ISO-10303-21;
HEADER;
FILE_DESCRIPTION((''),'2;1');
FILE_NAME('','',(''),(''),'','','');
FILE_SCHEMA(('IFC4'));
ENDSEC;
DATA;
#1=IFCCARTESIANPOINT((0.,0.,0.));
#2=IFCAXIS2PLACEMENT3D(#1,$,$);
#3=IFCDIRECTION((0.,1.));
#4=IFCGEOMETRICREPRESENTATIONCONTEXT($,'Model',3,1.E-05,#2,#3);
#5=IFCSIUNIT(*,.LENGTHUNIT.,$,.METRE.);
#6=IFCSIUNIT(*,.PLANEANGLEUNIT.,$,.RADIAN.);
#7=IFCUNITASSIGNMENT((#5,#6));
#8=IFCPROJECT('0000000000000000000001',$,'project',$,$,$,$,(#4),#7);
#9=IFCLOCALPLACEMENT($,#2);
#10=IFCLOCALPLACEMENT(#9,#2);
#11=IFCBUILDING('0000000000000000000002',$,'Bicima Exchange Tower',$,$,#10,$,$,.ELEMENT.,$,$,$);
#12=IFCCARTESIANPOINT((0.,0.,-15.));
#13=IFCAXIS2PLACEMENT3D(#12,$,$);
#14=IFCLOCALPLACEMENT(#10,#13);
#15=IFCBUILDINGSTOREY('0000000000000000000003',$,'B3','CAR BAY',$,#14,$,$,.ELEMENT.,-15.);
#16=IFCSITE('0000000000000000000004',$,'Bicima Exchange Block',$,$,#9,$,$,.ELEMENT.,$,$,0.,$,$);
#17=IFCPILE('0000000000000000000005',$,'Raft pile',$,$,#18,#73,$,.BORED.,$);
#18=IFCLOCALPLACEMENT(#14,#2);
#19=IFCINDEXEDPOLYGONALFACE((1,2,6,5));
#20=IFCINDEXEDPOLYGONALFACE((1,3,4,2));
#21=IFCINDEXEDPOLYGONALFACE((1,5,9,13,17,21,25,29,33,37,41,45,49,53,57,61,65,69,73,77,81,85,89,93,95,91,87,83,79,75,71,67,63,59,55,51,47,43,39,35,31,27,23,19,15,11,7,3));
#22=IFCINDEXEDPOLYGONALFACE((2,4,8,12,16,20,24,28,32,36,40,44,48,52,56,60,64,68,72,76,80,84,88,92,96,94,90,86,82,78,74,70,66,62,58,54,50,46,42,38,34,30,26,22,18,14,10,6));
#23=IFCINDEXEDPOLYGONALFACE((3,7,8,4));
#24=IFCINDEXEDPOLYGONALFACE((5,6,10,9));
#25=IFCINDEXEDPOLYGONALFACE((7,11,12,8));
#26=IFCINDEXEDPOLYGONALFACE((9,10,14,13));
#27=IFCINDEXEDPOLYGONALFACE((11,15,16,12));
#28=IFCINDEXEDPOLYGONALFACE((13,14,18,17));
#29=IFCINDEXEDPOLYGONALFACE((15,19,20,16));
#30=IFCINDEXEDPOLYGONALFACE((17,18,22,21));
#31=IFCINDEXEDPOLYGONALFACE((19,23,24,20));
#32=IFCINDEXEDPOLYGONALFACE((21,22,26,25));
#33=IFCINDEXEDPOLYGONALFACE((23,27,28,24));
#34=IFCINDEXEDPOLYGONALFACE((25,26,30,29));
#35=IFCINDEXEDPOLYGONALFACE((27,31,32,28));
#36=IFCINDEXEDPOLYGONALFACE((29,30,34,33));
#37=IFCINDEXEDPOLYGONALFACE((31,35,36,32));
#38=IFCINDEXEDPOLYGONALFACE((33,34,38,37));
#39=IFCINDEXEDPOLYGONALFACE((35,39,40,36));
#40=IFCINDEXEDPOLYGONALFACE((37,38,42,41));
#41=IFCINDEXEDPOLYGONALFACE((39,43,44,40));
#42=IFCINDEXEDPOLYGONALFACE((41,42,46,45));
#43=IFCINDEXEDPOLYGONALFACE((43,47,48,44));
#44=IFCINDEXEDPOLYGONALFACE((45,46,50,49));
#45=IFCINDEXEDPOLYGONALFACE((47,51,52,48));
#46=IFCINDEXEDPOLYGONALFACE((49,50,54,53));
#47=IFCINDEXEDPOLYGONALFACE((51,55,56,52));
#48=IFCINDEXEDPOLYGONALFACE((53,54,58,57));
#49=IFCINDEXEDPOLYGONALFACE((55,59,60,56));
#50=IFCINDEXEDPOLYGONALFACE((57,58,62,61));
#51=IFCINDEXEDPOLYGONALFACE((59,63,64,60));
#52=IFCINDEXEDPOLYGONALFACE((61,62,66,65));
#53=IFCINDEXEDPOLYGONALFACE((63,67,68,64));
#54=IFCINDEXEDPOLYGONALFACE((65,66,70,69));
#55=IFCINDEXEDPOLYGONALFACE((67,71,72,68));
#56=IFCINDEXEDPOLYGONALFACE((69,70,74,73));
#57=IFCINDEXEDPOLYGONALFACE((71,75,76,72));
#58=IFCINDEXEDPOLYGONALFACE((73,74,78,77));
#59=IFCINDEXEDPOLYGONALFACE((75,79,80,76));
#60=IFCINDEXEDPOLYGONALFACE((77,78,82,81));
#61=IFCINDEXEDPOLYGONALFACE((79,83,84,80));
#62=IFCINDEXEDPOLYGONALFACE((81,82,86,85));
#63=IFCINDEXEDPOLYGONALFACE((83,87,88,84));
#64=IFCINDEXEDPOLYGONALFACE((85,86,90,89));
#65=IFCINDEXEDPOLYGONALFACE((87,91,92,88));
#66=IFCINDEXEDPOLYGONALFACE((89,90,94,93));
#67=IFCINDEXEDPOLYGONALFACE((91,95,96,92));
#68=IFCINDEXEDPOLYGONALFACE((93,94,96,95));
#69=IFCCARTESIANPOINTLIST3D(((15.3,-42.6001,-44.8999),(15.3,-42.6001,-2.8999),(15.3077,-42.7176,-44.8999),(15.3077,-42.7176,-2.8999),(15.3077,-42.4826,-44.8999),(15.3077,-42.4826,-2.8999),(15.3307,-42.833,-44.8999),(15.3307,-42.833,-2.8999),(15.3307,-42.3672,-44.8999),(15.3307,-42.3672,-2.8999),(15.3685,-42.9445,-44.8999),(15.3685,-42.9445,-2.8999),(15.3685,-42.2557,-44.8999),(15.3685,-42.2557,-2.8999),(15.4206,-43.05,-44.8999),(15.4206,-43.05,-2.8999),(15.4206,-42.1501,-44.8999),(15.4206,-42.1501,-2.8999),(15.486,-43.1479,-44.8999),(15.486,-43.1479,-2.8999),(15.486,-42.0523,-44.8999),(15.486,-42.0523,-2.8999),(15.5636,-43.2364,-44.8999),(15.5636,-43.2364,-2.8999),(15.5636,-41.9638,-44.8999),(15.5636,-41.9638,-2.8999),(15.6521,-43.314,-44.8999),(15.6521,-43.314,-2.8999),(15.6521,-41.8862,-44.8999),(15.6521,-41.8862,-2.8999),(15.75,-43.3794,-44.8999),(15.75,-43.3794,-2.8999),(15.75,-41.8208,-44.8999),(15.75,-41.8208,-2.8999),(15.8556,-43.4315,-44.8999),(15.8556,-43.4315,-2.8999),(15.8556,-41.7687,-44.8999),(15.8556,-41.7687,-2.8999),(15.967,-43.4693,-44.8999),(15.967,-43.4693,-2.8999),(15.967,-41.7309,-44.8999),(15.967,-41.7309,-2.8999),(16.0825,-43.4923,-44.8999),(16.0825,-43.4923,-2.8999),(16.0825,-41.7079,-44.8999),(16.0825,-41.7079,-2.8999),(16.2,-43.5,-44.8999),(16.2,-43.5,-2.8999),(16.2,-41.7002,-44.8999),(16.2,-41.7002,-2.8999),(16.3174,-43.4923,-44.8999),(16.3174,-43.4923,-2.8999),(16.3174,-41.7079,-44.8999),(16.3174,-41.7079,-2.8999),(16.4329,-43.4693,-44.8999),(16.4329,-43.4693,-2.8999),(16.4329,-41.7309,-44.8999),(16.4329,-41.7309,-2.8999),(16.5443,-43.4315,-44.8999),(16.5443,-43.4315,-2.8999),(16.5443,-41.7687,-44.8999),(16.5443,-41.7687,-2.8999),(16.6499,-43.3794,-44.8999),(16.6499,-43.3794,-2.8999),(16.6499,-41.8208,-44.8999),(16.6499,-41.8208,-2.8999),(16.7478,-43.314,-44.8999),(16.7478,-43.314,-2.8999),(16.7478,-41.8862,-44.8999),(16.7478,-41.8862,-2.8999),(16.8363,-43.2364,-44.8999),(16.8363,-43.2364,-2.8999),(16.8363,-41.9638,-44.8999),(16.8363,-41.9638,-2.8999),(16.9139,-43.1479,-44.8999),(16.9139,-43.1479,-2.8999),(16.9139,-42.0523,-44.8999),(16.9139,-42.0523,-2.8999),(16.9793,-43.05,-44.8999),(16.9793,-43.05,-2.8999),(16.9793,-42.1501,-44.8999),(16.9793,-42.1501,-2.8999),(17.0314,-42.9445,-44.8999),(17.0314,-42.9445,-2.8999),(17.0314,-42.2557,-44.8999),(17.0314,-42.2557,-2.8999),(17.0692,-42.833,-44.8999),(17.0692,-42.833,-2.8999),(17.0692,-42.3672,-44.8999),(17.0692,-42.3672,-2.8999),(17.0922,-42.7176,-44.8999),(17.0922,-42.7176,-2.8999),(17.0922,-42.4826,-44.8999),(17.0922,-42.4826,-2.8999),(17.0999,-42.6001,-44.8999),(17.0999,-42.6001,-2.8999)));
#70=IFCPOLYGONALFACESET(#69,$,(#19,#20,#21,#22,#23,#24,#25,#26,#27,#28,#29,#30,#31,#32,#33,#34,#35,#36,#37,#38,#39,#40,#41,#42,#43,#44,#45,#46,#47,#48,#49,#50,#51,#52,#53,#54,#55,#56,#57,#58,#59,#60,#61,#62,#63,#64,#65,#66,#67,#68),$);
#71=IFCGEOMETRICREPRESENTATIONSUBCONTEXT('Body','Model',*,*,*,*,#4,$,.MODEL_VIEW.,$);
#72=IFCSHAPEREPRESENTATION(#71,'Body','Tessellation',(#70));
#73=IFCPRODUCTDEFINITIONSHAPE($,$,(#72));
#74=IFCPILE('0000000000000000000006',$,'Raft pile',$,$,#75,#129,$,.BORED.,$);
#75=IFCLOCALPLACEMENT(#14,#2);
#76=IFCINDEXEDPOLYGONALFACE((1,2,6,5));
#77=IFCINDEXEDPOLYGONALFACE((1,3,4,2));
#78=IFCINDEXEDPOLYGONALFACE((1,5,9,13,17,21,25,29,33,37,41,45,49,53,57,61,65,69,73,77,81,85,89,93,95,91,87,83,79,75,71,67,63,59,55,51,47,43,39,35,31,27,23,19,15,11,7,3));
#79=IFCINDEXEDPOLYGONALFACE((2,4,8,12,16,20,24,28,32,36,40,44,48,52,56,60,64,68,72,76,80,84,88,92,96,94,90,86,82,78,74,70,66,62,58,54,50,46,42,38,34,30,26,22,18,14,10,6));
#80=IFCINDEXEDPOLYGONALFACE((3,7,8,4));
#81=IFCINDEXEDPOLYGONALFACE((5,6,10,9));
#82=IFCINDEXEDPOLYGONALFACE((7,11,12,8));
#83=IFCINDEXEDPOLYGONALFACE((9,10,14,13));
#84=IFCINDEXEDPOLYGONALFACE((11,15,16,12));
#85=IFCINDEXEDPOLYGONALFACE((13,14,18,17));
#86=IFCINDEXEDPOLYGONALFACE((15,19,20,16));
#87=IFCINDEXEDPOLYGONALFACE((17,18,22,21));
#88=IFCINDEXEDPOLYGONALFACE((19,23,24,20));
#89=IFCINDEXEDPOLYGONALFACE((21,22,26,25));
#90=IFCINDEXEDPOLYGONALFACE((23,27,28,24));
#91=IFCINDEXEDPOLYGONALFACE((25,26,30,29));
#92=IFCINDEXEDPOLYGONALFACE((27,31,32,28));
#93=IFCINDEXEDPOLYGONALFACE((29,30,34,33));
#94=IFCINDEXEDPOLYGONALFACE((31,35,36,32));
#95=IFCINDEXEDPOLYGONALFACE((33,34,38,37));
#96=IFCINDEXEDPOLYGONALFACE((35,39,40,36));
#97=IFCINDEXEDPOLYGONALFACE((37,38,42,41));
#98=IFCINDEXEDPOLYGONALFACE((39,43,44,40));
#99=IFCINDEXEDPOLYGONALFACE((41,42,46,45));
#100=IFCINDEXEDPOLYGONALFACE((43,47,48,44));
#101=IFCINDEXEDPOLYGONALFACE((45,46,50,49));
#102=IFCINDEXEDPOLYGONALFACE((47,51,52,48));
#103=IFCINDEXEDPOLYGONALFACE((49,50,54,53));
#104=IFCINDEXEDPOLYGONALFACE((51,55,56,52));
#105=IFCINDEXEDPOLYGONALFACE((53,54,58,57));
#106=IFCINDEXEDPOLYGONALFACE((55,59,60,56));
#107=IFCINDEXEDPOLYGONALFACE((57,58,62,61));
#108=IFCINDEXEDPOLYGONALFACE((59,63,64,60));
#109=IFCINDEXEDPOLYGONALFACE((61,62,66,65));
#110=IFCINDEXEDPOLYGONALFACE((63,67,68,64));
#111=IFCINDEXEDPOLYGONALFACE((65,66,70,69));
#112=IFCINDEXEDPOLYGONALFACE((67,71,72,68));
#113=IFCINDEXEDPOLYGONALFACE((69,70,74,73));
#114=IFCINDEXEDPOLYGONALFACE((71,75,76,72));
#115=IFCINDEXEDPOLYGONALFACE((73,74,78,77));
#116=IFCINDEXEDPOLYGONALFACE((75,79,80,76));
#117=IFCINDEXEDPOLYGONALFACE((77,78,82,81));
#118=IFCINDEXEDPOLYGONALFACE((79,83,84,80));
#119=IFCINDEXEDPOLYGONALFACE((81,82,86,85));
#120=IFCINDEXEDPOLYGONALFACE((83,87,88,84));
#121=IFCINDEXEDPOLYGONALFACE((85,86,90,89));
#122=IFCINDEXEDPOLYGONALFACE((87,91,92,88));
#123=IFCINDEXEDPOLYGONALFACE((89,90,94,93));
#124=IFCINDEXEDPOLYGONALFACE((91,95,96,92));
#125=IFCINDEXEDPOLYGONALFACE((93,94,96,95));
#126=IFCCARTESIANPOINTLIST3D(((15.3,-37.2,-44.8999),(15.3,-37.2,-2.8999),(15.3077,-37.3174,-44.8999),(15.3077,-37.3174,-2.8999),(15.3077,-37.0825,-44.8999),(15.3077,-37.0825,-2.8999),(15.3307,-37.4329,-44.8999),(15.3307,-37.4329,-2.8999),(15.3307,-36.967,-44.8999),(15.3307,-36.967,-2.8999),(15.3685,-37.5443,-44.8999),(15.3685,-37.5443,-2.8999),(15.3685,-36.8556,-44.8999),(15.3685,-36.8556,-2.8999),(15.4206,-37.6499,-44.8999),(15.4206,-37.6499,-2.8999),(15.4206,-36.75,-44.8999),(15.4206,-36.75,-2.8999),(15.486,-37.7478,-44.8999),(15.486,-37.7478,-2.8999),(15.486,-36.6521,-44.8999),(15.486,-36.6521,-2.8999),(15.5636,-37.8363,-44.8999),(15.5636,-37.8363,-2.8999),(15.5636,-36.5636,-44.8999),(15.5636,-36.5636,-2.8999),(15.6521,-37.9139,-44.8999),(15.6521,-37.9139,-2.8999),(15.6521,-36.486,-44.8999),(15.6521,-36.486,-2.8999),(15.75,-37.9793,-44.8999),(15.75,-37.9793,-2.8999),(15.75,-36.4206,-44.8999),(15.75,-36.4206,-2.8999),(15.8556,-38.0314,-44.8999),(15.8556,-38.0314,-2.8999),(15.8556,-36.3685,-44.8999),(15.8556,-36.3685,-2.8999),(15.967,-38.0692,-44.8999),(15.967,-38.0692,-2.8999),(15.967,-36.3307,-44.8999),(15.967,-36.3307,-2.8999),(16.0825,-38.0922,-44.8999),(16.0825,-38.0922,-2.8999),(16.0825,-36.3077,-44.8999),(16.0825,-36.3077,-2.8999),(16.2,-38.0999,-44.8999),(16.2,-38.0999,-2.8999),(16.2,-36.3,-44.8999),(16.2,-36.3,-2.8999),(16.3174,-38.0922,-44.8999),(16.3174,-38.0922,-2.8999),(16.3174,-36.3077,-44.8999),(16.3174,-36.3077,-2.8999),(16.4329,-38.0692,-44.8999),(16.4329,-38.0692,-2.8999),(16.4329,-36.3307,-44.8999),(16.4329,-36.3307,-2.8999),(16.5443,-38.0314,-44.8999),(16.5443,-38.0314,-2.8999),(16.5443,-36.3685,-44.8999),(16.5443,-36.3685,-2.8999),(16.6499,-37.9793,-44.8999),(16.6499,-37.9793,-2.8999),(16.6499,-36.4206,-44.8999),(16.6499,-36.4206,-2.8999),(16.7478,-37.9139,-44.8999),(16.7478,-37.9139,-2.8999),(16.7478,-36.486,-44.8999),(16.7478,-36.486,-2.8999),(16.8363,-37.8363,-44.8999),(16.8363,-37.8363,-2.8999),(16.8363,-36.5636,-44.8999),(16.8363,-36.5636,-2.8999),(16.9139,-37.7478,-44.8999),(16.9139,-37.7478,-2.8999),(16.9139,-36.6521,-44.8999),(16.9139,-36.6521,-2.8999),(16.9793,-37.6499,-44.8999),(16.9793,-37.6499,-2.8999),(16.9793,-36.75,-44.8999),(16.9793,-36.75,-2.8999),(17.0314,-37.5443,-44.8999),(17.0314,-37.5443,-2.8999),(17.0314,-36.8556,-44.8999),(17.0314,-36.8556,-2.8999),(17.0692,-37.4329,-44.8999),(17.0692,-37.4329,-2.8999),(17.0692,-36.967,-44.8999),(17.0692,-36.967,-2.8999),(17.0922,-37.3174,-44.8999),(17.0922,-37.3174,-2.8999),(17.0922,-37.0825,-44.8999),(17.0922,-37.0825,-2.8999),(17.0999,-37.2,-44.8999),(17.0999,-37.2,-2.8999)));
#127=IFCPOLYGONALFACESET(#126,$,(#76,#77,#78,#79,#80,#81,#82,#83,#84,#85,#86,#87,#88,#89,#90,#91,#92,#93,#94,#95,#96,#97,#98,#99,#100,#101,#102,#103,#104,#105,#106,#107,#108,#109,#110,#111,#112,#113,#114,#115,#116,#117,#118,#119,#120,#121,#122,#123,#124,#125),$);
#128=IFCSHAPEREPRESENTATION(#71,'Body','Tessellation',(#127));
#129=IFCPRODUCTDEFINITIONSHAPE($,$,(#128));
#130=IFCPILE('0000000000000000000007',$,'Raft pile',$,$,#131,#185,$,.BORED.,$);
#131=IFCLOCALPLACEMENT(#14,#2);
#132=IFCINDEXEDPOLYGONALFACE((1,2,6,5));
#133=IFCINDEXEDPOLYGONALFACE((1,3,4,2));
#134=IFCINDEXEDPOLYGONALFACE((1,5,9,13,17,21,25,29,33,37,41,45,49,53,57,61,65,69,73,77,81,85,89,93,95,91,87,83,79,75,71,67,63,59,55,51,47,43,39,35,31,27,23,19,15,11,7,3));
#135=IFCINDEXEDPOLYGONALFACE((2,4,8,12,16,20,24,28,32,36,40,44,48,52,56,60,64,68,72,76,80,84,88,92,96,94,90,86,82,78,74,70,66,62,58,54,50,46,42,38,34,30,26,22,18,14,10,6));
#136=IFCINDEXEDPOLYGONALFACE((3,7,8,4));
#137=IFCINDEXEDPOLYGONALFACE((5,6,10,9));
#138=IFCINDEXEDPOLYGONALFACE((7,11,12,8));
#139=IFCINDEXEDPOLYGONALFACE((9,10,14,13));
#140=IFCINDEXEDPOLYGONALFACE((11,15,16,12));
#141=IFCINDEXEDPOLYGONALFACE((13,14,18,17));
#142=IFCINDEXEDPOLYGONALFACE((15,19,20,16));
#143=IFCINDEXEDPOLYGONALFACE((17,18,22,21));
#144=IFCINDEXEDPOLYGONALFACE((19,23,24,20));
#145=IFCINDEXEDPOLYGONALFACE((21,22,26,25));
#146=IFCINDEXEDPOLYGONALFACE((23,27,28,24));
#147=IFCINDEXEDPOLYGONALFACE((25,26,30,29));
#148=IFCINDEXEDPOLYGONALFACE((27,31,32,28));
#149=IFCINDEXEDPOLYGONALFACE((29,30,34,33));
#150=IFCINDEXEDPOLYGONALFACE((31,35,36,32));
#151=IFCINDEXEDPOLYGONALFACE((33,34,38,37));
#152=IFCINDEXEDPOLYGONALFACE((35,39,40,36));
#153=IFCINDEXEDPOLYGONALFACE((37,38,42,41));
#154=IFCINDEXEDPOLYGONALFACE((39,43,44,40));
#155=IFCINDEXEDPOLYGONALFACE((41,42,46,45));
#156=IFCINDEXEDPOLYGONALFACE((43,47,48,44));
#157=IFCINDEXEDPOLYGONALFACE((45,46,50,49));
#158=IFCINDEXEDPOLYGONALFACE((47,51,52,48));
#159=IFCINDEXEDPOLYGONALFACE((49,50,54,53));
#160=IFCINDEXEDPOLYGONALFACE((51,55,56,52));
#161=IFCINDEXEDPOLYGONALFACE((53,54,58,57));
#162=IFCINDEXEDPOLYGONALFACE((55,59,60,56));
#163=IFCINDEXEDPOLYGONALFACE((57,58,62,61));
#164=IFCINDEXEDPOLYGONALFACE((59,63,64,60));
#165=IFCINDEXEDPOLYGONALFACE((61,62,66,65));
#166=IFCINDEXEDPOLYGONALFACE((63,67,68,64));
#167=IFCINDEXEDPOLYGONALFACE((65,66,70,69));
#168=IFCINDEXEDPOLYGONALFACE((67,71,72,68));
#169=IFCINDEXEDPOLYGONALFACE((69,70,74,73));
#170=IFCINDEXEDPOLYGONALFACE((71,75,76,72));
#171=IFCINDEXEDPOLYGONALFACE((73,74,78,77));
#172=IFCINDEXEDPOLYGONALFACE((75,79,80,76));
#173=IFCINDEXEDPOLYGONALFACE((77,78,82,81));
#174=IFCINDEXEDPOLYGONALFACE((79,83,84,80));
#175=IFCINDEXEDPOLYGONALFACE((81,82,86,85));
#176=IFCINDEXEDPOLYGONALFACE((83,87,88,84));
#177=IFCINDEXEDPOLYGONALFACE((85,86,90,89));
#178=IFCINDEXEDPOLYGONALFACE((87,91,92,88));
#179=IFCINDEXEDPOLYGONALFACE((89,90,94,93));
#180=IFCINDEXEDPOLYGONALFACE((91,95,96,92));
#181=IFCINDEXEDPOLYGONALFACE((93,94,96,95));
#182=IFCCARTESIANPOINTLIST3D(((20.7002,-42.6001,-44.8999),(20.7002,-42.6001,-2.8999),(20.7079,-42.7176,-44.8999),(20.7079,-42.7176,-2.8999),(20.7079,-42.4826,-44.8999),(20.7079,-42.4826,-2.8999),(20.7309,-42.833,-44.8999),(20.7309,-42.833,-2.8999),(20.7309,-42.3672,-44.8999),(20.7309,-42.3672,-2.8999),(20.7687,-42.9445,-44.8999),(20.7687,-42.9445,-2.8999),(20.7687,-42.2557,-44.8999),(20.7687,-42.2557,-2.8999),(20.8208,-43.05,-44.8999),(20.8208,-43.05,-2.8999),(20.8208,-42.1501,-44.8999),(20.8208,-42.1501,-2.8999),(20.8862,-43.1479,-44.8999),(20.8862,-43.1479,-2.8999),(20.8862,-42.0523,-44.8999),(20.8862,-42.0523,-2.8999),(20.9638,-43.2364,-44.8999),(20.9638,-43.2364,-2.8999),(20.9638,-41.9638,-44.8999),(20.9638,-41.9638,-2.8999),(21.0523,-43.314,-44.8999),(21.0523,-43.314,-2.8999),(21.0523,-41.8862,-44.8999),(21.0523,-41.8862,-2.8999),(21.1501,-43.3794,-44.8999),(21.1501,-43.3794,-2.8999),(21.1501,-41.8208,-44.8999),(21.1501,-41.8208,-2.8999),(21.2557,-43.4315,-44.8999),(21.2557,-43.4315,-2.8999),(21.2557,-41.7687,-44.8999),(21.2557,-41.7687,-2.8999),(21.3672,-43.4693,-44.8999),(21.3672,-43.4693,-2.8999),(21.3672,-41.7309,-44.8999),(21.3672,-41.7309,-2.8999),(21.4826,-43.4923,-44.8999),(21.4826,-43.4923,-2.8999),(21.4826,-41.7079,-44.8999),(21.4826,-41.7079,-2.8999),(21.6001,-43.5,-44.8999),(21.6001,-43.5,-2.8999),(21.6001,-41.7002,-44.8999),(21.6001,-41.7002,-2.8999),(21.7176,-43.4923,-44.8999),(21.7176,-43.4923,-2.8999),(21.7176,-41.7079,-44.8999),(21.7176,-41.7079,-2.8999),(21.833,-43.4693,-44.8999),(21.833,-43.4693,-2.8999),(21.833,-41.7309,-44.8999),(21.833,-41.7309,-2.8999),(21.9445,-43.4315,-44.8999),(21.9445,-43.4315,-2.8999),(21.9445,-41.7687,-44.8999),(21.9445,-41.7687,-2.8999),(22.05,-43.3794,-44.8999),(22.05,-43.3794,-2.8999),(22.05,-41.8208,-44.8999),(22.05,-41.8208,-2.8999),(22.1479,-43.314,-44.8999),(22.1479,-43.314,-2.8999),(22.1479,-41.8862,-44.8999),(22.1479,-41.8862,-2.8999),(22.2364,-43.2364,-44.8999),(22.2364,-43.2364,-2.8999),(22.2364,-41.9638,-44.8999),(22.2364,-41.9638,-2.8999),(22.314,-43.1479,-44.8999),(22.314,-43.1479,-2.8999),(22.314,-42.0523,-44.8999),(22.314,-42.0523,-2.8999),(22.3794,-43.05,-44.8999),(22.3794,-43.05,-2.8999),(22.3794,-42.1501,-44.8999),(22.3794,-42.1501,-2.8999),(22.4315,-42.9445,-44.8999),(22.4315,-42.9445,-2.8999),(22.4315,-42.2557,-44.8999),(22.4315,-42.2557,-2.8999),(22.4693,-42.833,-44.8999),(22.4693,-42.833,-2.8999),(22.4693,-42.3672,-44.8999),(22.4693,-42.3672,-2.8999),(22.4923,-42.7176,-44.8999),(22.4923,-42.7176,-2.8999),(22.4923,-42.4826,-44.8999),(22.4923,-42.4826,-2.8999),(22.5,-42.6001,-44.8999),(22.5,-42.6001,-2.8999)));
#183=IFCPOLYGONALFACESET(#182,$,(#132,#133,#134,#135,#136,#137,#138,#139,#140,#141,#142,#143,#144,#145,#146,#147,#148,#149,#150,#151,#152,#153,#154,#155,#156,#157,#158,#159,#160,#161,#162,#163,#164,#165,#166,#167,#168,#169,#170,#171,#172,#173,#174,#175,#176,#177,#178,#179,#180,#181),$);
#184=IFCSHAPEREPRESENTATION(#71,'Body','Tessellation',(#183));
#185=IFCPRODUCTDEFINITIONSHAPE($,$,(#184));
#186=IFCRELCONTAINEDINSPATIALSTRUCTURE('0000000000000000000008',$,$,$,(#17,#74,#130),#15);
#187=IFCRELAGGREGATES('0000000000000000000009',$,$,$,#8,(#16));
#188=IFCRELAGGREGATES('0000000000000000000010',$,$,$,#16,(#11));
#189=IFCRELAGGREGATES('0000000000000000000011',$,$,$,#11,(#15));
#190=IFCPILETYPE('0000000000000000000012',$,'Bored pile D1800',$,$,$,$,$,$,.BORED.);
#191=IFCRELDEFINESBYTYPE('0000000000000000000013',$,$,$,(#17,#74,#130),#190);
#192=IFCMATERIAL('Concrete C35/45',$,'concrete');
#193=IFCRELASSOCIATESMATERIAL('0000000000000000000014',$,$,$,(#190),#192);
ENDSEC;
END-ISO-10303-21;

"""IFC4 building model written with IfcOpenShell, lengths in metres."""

from ifc_helpers import new_model, si_unit, direction, frame, origin, origin_2d, place, context, subcontext, project, spatial, circle, extrude, material, material_profile, profile_set, type_object, element, save


model = new_model("IFC4")

# Units and contexts
model_context = context("Model", 3, precision=1e-05, world=origin(), true_north=direction((0.0, 1.0)))
body_context = subcontext(model_context, "Body", "Model", "MODEL_VIEW")
ifc_project = project(units=[si_unit("LENGTHUNIT", "METRE"), si_unit("PLANEANGLEUNIT", "RADIAN")], contexts=[model_context])

# Site, building, storey
site_placement = place(None, origin())
site = spatial("IfcSite", under=ifc_project, at=site_placement, Name="Bicima Exchange Block", CompositionType="ELEMENT", RefElevation=0.0)
building_placement = place(site_placement, origin())
building = spatial("IfcBuilding", under=site, at=building_placement, Name="Bicima Exchange Tower", CompositionType="ELEMENT")
storey_placement = place(building_placement, frame((0.0, 0.0, -15.0)))
storey = spatial("IfcBuildingStorey", under=building, at=storey_placement, Name="B3", Description="CAR BAY", CompositionType="ELEMENT", Elevation=-15.0)

# Piles
ifc_material_1 = material(Name="Concrete C35/45", Category="concrete")
ifc_material_profile_1 = material_profile(ifc_material_1, circle(Radius=0.8999, at=origin_2d()))
ifc_profile_set_1 = profile_set([ifc_material_profile_1], Name="Concrete C35/45")
pile_type = type_object("IfcPileType", Name="Bored pile D1800", PredefinedType="BORED", material=ifc_profile_set_1)
for number, where, z_axis, x_axis, name in (
    (1, (16.2, -42.6001, -2.8999), (0.0, 0.0, -1.0), (1.0, 0.0, 0.0), "Raft pile"),
    (2, (16.2, -37.2, -2.8999), (0.0, 0.0, -1.0), (1.0, 0.0, 0.0), "Raft pile"),
    (3, (21.6001, -42.6001, -2.8999), (0.0, 0.0, -1.0), (1.0, 0.0, 0.0), "Raft pile"),
):
    element("IfcPile", number, at=place(storey_placement, frame(where, z_axis=z_axis, x_axis=x_axis)), inside=storey, type_object=pile_type, Name=name, PredefinedType="BORED", context=body_context, shape_type="SweptSolid", body=[
        extrude(circle(Radius=0.8999, at=origin_2d()), origin(), (0.0, 0.0, 1.0), 42.0),
    ])

save(model, "model.ifc")
